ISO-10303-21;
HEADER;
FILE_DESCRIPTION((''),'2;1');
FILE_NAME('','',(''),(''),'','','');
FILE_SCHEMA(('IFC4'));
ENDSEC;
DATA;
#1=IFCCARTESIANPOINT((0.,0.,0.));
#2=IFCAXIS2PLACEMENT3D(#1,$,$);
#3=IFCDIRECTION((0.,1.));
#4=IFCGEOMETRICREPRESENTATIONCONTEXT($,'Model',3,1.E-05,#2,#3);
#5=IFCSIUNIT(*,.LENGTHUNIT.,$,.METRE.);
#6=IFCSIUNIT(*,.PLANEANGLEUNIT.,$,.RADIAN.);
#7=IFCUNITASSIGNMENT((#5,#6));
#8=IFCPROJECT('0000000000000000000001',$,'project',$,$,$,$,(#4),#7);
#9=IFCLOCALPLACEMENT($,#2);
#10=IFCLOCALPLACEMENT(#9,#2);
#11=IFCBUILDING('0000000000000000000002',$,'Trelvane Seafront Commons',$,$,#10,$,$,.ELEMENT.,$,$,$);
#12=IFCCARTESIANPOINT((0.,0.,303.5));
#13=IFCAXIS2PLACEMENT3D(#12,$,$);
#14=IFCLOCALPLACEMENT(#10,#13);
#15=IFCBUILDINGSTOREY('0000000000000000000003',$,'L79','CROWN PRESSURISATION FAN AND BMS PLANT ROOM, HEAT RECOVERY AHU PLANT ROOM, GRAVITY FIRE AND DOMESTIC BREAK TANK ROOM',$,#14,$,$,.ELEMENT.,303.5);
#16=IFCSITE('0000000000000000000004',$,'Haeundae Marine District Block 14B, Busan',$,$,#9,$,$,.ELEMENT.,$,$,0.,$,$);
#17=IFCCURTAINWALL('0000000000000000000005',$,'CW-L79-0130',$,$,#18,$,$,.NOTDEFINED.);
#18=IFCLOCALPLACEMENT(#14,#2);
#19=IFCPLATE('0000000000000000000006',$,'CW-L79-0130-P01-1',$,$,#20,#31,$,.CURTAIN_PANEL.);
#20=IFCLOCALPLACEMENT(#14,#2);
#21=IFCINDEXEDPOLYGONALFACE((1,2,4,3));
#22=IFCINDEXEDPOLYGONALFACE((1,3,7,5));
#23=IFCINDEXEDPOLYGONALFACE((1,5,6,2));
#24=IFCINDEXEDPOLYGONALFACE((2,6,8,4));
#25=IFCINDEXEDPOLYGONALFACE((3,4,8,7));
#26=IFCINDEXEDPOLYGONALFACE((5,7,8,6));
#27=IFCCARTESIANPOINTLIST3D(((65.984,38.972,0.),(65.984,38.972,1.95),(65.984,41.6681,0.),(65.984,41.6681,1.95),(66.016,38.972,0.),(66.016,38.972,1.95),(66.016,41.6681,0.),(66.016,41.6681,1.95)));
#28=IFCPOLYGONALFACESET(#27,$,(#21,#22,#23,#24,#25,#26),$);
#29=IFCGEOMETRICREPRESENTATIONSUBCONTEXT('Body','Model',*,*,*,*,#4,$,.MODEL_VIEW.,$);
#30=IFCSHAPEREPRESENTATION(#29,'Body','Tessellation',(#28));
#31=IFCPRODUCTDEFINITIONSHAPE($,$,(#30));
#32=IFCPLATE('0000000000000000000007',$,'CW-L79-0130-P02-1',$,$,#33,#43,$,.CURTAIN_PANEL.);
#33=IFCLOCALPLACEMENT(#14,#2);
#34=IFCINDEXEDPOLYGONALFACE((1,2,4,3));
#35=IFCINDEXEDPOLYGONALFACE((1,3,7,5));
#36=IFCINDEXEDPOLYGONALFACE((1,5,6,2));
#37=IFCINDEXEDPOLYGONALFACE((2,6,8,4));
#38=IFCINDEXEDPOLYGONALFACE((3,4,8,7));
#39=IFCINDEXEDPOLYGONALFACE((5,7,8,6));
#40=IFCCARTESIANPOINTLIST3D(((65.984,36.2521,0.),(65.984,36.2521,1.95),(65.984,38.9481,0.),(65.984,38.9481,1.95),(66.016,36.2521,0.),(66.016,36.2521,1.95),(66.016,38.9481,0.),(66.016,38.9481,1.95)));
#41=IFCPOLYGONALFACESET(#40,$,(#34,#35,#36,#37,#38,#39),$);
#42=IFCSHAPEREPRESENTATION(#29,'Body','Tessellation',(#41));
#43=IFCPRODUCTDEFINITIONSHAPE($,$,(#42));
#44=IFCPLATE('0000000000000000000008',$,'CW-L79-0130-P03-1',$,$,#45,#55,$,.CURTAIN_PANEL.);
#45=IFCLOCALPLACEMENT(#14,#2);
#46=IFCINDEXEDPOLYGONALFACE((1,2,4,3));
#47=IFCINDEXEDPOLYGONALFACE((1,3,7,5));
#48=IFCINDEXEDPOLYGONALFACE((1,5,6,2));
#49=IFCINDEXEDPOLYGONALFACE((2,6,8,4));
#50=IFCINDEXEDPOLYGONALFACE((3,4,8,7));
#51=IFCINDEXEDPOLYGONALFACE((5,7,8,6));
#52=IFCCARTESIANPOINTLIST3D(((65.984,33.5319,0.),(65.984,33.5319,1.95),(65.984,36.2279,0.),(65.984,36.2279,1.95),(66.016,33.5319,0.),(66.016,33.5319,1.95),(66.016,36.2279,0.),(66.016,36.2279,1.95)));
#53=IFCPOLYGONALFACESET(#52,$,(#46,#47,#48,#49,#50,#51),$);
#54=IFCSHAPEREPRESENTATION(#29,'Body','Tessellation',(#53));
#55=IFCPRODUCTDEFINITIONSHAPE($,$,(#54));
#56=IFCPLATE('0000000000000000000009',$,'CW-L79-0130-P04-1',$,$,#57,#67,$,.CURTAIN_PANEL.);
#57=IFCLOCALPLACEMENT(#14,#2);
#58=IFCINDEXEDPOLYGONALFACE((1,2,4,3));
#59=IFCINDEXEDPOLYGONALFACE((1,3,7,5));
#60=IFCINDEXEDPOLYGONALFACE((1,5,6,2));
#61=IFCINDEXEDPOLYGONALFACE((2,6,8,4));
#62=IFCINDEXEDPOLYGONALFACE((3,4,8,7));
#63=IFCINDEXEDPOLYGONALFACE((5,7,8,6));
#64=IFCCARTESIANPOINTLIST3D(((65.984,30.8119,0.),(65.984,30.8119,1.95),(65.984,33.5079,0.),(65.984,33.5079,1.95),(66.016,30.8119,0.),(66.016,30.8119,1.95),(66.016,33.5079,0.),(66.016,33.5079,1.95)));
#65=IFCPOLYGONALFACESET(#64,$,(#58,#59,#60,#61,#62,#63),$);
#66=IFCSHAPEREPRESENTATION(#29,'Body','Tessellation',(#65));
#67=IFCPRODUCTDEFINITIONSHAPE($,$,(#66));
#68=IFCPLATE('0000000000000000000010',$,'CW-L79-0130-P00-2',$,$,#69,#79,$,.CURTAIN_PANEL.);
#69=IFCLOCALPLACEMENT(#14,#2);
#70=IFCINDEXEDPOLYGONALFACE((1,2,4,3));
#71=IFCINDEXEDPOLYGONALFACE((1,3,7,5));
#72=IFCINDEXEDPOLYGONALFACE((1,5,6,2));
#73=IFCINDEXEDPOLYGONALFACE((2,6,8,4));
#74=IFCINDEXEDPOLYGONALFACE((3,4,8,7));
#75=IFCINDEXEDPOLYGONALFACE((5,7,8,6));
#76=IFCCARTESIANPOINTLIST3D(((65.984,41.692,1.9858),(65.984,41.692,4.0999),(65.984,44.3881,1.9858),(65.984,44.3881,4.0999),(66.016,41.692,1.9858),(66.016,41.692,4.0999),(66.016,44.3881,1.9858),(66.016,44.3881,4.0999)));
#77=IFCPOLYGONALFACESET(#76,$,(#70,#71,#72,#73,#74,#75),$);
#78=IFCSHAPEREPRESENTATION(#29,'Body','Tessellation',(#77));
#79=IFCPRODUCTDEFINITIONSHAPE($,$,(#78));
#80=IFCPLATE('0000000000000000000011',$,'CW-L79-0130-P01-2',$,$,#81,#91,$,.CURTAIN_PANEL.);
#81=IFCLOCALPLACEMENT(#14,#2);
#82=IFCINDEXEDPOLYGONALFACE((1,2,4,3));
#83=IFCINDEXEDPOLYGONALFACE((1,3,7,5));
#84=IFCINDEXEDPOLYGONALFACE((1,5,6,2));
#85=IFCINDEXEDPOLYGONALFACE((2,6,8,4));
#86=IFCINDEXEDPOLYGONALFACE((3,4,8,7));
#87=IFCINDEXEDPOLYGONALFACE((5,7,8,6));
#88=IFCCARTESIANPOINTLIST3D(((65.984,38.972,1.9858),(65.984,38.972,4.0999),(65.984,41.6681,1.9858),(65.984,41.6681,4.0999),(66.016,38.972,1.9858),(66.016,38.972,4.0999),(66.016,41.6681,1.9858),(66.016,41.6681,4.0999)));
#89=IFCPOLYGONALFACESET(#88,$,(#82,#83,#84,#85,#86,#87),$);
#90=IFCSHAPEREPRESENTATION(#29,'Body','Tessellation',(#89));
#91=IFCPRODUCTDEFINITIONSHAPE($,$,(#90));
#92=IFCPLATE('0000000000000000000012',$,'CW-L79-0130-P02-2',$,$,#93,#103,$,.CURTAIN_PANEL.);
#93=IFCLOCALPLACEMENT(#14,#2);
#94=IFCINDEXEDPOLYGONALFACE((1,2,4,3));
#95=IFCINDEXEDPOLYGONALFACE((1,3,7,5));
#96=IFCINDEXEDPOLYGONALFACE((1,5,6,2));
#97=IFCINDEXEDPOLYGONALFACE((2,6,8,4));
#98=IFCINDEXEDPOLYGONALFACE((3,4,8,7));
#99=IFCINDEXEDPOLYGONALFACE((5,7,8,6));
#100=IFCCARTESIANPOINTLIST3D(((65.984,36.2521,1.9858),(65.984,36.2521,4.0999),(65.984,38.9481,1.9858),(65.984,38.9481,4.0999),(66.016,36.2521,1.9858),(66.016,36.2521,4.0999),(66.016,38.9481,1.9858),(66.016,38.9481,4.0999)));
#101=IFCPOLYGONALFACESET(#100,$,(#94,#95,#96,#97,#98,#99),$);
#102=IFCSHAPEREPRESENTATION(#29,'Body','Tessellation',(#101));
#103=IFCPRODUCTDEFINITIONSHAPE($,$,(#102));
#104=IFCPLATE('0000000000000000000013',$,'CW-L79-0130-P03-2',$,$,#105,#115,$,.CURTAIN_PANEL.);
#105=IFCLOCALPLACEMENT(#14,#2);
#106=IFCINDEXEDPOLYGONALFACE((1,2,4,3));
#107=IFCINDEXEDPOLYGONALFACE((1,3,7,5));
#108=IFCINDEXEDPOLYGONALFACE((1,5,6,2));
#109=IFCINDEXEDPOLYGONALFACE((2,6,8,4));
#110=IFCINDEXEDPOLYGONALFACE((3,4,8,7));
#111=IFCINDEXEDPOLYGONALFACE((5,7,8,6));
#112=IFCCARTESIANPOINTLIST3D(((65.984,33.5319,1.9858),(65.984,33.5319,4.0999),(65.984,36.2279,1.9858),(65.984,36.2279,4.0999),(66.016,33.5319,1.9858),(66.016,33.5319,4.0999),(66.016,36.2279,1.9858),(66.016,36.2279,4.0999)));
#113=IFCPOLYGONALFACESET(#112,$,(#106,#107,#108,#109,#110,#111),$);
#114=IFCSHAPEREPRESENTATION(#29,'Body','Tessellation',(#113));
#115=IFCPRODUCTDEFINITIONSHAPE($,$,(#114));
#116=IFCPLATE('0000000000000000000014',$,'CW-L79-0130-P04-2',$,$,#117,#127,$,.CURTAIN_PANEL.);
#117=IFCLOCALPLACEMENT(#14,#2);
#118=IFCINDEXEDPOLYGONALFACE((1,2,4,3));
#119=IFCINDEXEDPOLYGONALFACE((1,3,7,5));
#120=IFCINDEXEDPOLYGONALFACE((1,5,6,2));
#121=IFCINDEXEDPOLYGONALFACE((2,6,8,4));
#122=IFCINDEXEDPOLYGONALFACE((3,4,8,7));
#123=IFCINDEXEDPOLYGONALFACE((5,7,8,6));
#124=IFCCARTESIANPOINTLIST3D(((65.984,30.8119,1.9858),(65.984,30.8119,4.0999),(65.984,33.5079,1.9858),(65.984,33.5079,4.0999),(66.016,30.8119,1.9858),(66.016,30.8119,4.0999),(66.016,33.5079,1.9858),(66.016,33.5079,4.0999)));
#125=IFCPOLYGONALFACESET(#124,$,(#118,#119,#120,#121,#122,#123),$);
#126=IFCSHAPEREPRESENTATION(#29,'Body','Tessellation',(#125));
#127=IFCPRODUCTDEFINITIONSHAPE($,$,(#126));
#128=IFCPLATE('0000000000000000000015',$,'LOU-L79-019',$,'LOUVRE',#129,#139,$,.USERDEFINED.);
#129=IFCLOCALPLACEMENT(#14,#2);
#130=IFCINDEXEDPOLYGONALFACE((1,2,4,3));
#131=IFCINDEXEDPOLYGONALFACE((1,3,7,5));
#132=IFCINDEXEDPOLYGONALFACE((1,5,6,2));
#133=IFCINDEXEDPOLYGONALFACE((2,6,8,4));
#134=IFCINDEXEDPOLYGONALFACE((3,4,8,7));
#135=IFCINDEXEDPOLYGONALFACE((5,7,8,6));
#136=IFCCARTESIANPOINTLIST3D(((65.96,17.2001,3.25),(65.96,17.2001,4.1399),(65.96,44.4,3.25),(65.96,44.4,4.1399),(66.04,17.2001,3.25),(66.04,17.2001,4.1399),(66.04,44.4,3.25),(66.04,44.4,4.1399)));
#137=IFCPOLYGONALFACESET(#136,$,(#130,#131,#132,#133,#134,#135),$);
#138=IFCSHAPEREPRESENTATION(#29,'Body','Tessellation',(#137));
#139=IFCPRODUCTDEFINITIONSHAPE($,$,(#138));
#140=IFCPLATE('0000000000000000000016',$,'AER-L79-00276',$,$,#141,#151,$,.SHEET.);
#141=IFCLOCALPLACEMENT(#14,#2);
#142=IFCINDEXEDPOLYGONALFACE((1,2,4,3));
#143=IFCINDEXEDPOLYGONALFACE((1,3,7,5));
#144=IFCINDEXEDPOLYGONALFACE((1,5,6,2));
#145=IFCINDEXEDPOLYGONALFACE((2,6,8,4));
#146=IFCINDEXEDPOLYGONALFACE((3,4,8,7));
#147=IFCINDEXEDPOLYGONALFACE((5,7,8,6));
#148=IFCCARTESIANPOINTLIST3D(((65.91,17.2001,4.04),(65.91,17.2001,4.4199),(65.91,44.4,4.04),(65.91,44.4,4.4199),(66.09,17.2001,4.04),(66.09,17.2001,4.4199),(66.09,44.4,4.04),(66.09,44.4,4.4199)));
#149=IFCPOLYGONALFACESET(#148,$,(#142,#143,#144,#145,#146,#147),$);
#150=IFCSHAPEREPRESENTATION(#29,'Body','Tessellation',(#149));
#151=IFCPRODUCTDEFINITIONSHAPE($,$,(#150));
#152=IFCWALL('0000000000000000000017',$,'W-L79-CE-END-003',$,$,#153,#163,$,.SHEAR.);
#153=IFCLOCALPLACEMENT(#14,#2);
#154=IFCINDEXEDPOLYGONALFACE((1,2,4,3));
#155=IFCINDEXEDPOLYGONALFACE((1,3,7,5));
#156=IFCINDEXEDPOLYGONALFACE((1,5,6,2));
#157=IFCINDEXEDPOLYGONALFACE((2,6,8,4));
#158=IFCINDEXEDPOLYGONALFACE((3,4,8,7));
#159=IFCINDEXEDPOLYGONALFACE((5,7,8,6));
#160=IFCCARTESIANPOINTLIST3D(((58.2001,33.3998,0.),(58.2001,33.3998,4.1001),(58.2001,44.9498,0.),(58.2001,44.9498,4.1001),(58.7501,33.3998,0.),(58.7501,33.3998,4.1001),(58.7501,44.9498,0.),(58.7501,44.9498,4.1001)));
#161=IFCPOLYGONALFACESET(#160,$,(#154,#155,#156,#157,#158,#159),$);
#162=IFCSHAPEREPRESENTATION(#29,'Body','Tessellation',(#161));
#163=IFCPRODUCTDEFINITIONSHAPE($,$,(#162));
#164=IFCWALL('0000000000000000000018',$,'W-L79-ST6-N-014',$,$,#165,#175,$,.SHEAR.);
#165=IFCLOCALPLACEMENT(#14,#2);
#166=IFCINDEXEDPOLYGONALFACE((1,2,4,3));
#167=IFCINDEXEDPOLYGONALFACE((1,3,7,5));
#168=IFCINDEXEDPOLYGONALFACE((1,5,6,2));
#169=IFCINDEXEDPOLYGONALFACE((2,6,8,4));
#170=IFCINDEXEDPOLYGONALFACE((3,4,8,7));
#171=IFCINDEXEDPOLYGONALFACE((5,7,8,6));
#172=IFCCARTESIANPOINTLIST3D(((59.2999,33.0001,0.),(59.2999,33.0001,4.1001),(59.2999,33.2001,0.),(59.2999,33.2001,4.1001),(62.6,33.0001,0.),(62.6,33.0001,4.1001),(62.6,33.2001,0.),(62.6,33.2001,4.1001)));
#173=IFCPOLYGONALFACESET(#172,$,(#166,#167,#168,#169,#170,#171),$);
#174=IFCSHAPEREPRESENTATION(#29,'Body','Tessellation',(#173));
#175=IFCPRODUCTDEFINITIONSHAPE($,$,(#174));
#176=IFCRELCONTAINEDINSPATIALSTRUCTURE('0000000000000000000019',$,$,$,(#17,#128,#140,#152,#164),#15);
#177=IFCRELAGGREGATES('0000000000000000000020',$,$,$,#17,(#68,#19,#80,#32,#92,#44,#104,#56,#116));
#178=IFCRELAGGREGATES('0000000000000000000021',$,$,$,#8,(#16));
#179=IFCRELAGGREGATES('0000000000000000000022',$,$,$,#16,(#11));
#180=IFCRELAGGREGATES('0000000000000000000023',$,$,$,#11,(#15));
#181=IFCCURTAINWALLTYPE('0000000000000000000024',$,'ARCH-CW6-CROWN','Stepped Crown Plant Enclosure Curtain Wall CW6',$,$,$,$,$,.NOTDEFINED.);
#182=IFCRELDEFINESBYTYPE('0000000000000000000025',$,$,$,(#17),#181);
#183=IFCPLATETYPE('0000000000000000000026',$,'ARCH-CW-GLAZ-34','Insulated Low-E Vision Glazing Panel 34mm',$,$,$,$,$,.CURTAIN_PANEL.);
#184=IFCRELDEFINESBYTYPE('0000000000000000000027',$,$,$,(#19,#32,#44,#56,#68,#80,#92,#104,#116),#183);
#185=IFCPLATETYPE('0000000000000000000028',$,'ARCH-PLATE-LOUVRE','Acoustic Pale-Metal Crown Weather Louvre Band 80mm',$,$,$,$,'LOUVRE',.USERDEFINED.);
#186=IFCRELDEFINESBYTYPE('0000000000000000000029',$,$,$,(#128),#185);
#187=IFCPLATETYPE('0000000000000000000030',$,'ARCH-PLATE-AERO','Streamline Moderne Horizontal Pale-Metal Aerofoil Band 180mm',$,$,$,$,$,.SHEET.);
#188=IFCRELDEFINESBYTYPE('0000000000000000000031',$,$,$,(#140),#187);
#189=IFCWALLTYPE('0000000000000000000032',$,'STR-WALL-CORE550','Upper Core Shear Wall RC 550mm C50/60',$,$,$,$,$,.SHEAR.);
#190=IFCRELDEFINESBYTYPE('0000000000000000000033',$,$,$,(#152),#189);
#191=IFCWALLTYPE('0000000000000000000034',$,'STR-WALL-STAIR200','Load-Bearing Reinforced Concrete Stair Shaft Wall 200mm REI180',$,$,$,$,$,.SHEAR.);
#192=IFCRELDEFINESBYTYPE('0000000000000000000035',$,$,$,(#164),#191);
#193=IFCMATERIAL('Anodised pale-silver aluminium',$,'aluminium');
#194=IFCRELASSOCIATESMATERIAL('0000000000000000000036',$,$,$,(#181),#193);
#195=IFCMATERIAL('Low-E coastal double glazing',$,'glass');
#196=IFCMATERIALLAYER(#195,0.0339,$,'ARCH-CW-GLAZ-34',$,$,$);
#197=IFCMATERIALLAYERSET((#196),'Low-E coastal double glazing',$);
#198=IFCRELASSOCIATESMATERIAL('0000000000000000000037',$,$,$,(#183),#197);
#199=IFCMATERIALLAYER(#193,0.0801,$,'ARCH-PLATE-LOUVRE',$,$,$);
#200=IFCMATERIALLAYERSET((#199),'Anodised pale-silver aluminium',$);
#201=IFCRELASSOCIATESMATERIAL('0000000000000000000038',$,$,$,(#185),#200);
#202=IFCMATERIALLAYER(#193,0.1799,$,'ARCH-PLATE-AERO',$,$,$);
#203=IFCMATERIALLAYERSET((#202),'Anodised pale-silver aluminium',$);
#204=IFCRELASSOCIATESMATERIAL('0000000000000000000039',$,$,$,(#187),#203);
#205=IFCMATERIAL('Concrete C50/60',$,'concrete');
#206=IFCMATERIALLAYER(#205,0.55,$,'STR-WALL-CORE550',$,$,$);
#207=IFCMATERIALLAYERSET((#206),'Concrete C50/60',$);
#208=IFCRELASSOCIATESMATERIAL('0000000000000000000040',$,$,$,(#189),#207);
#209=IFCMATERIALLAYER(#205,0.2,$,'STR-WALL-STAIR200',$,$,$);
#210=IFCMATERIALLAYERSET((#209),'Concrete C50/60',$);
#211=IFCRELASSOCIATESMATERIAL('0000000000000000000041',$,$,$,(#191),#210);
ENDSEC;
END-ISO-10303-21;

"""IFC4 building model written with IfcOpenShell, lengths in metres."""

from ifc_helpers import new_model, si_unit, direction, frame, frame_2d, origin, origin_2d, place, context, subcontext, project, spatial, rectangle, extrude, source, transform, mapped, material, layer, layer_set, type_object, element, aggregate, save


model = new_model("IFC4")

# Units and contexts
model_context = context("Model", 3, precision=1e-05, world=origin(), true_north=direction((0.0, 1.0)))
body_context = subcontext(model_context, "Body", "Model", "MODEL_VIEW")
ifc_project = project(units=[si_unit("LENGTHUNIT", "METRE"), si_unit("PLANEANGLEUNIT", "RADIAN")], contexts=[model_context])

# Site, building, storey
site_placement = place(None, origin())
site = spatial("IfcSite", under=ifc_project, at=site_placement, Name="Haeundae Marine District Block 14B, Busan", CompositionType="ELEMENT", RefElevation=0.0)
building_placement = place(site_placement, origin())
building = spatial("IfcBuilding", under=site, at=building_placement, Name="Trelvane Seafront Commons", CompositionType="ELEMENT")
storey_placement = place(building_placement, frame((0.0, 0.0, 303.5)))
storey = spatial("IfcBuildingStorey", under=building, at=storey_placement, Name="L79", Description="CROWN PRESSURISATION FAN AND BMS PLANT ROOM, HEAT RECOVERY AHU PLANT ROOM, GRAVITY FIRE AND DOMESTIC BREAK TANK ROOM", CompositionType="ELEMENT", Elevation=303.5)

# Curtain wall
ifc_material_1 = material(Name="Anodised pale-silver aluminium", Category="aluminium")
curtain_wall_type = type_object("IfcCurtainWallType", Name="ARCH-CW6-CROWN", Description="Stepped Crown Plant Enclosure Curtain Wall CW6", PredefinedType="NOTDEFINED", material=ifc_material_1)
curtain_wall_placement = place(storey_placement, origin())
curtain_wall = element("IfcCurtainWall", 1, at=curtain_wall_placement, inside=storey, type_object=curtain_wall_type, Name="CW-L79-0130", PredefinedType="NOTDEFINED")

# Plates
ifc_material_2 = material(Name="Low-E coastal double glazing", Category="glass")
ifc_layer_1 = layer(ifc_material_2, 0.0339, Name="ARCH-CW-GLAZ-34")
ifc_layer_set_1 = layer_set([ifc_layer_1], Name="Low-E coastal double glazing")
plate_type_1 = type_object("IfcPlateType", Name="ARCH-CW-GLAZ-34", Description="Insulated Low-E Vision Glazing Panel 34mm", PredefinedType="CURTAIN_PANEL", material=ifc_layer_set_1)
shared_shape_1 = source(origin(), body_context, "Body", "SweptSolid", [
    extrude(rectangle(XDim=2.696, YDim=0.032, at=origin_2d()), origin(), (0.0, 0.0, 1.0), 1.95),
])
plate_1_placement = place(storey_placement, frame((66.0, 40.3201, 0.0), z_axis=(0.0, 0.0, 1.0), x_axis=(0.0, -1.0, 0.0)))
plate_1 = element("IfcPlate", 2, at=plate_1_placement, type_object=plate_type_1, Name="CW-L79-0130-P01-1", PredefinedType="CURTAIN_PANEL", context=body_context, shape_type="MappedRepresentation", body=[
    mapped(shared_shape_1, transform((0.0, 0.0, 0.0), x_axis=(1.0, 0.0, 0.0), y_axis=(0.0, 1.0, 0.0), z_axis=(0.0, 0.0, 1.0), scale=1.0)),
])
plate_2_placement = place(storey_placement, frame((66.0, 37.6001, 0.0), z_axis=(0.0, 0.0, 1.0), x_axis=(0.0, -1.0, 0.0)))
plate_2 = element("IfcPlate", 3, at=plate_2_placement, type_object=plate_type_1, Name="CW-L79-0130-P02-1", PredefinedType="CURTAIN_PANEL", context=body_context, shape_type="MappedRepresentation", body=[
    mapped(shared_shape_1, transform((0.0, 0.0, 0.0), x_axis=(1.0, 0.0, 0.0), y_axis=(0.0, 1.0, 0.0), z_axis=(0.0, 0.0, 1.0), scale=1.0)),
])
plate_3_placement = place(storey_placement, frame((66.0, 34.8799, 0.0), z_axis=(0.0, 0.0, 1.0), x_axis=(0.0, -1.0, 0.0)))
plate_3 = element("IfcPlate", 4, at=plate_3_placement, type_object=plate_type_1, Name="CW-L79-0130-P03-1", PredefinedType="CURTAIN_PANEL", context=body_context, shape_type="MappedRepresentation", body=[
    mapped(shared_shape_1, transform((0.0, 0.0, 0.0), x_axis=(1.0, 0.0, 0.0), y_axis=(0.0, 1.0, 0.0), z_axis=(0.0, 0.0, 1.0), scale=1.0)),
])
plate_4_placement = place(storey_placement, frame((66.0, 32.1599, 0.0), z_axis=(0.0, 0.0, 1.0), x_axis=(0.0, -1.0, 0.0)))
plate_4 = element("IfcPlate", 5, at=plate_4_placement, type_object=plate_type_1, Name="CW-L79-0130-P04-1", PredefinedType="CURTAIN_PANEL", context=body_context, shape_type="MappedRepresentation", body=[
    mapped(shared_shape_1, transform((0.0, 0.0, 0.0), x_axis=(1.0, 0.0, 0.0), y_axis=(0.0, 1.0, 0.0), z_axis=(0.0, 0.0, 1.0), scale=1.0)),
])
shared_shape_2 = source(origin(), body_context, "Body", "SweptSolid", [
    extrude(rectangle(XDim=2.696, YDim=0.032, at=origin_2d()), origin(), (0.0, 0.0, 1.0), 2.114),
])
plate_5_placement = place(storey_placement, frame((66.0, 43.04, 1.9858), z_axis=(0.0, 0.0, 1.0), x_axis=(0.0, -1.0, 0.0)))
plate_5 = element("IfcPlate", 6, at=plate_5_placement, type_object=plate_type_1, Name="CW-L79-0130-P00-2", PredefinedType="CURTAIN_PANEL", context=body_context, shape_type="MappedRepresentation", body=[
    mapped(shared_shape_2, transform((0.0, 0.0, 0.0), x_axis=(1.0, 0.0, 0.0), y_axis=(0.0, 1.0, 0.0), z_axis=(0.0, 0.0, 1.0), scale=1.0)),
])
plate_6_placement = place(storey_placement, frame((66.0, 40.3201, 1.9858), z_axis=(0.0, 0.0, 1.0), x_axis=(0.0, -1.0, 0.0)))
plate_6 = element("IfcPlate", 7, at=plate_6_placement, type_object=plate_type_1, Name="CW-L79-0130-P01-2", PredefinedType="CURTAIN_PANEL", context=body_context, shape_type="MappedRepresentation", body=[
    mapped(shared_shape_2, transform((0.0, 0.0, 0.0), x_axis=(1.0, 0.0, 0.0), y_axis=(0.0, 1.0, 0.0), z_axis=(0.0, 0.0, 1.0), scale=1.0)),
])
plate_7_placement = place(storey_placement, frame((66.0, 37.6001, 1.9858), z_axis=(0.0, 0.0, 1.0), x_axis=(0.0, -1.0, 0.0)))
plate_7 = element("IfcPlate", 8, at=plate_7_placement, type_object=plate_type_1, Name="CW-L79-0130-P02-2", PredefinedType="CURTAIN_PANEL", context=body_context, shape_type="MappedRepresentation", body=[
    mapped(shared_shape_2, transform((0.0, 0.0, 0.0), x_axis=(1.0, 0.0, 0.0), y_axis=(0.0, 1.0, 0.0), z_axis=(0.0, 0.0, 1.0), scale=1.0)),
])
plate_8_placement = place(storey_placement, frame((66.0, 34.8799, 1.9858), z_axis=(0.0, 0.0, 1.0), x_axis=(0.0, -1.0, 0.0)))
plate_8 = element("IfcPlate", 9, at=plate_8_placement, type_object=plate_type_1, Name="CW-L79-0130-P03-2", PredefinedType="CURTAIN_PANEL", context=body_context, shape_type="MappedRepresentation", body=[
    mapped(shared_shape_2, transform((0.0, 0.0, 0.0), x_axis=(1.0, 0.0, 0.0), y_axis=(0.0, 1.0, 0.0), z_axis=(0.0, 0.0, 1.0), scale=1.0)),
])
plate_9_placement = place(storey_placement, frame((66.0, 32.1599, 1.9858), z_axis=(0.0, 0.0, 1.0), x_axis=(0.0, -1.0, 0.0)))
plate_9 = element("IfcPlate", 10, at=plate_9_placement, type_object=plate_type_1, Name="CW-L79-0130-P04-2", PredefinedType="CURTAIN_PANEL", context=body_context, shape_type="MappedRepresentation", body=[
    mapped(shared_shape_2, transform((0.0, 0.0, 0.0), x_axis=(1.0, 0.0, 0.0), y_axis=(0.0, 1.0, 0.0), z_axis=(0.0, 0.0, 1.0), scale=1.0)),
])
aggregate(curtain_wall, [plate_5, plate_1, plate_6, plate_2, plate_7, plate_3, plate_8, plate_4, plate_9])

# Plates
ifc_layer_2 = layer(ifc_material_1, 0.0801, Name="ARCH-PLATE-LOUVRE")
ifc_layer_set_2 = layer_set([ifc_layer_2], Name="Anodised pale-silver aluminium")
plate_type_2 = type_object("IfcPlateType", Name="ARCH-PLATE-LOUVRE", Description="Acoustic Pale-Metal Crown Weather Louvre Band 80mm", ElementType="LOUVRE", PredefinedType="USERDEFINED", material=ifc_layer_set_2)
shared_shape_3 = source(origin(), body_context, "Body", "SweptSolid", [
    extrude(rectangle(XDim=27.2, YDim=0.0801, at=origin_2d()), origin(), (0.0, 0.0, 1.0), 0.8899),
])
plate_10_placement = place(storey_placement, frame((66.0, 30.8, 3.25), z_axis=(0.0, 0.0, 1.0), x_axis=(0.0, -1.0, 0.0)))
element("IfcPlate", 11, at=plate_10_placement, inside=storey, type_object=plate_type_2, Name="LOU-L79-019", ObjectType="LOUVRE", PredefinedType="USERDEFINED", context=body_context, shape_type="MappedRepresentation", body=[
    mapped(shared_shape_3, transform((0.0, 0.0, 0.0), x_axis=(1.0, 0.0, 0.0), y_axis=(0.0, 1.0, 0.0), z_axis=(0.0, 0.0, 1.0), scale=1.0)),
])
ifc_layer_3 = layer(ifc_material_1, 0.1799, Name="ARCH-PLATE-AERO")
ifc_layer_set_3 = layer_set([ifc_layer_3], Name="Anodised pale-silver aluminium")
plate_type_3 = type_object("IfcPlateType", Name="ARCH-PLATE-AERO", Description="Streamline Moderne Horizontal Pale-Metal Aerofoil Band 180mm", PredefinedType="SHEET", material=ifc_layer_set_3)
shared_shape_4 = source(origin(), body_context, "Body", "SweptSolid", [
    extrude(rectangle(XDim=27.2, YDim=0.1799, at=origin_2d()), origin(), (0.0, 0.0, 1.0), 0.3799),
])
plate_11_placement = place(storey_placement, frame((66.0, 30.8, 4.04), z_axis=(0.0, 0.0, 1.0), x_axis=(0.0, -1.0, 0.0)))
element("IfcPlate", 12, at=plate_11_placement, inside=storey, type_object=plate_type_3, Name="AER-L79-00276", PredefinedType="SHEET", context=body_context, shape_type="MappedRepresentation", body=[
    mapped(shared_shape_4, transform((0.0, 0.0, 0.0), x_axis=(1.0, 0.0, 0.0), y_axis=(0.0, 1.0, 0.0), z_axis=(0.0, 0.0, 1.0), scale=1.0)),
])

# Walls
ifc_material_3 = material(Name="Concrete C50/60", Category="concrete")
ifc_layer_4 = layer(ifc_material_3, 0.55, Name="STR-WALL-CORE550")
ifc_layer_set_4 = layer_set([ifc_layer_4], Name="Concrete C50/60")
wall_type_1 = type_object("IfcWallType", Name="STR-WALL-CORE550", Description="Upper Core Shear Wall RC 550mm C50/60", PredefinedType="SHEAR", material=ifc_layer_set_4)
wall_1_placement = place(storey_placement, frame((58.4751, 33.3999, 0.0), z_axis=(0.0, 0.0, 1.0), x_axis=(0.0, 1.0, 0.0)))
element("IfcWall", 13, at=wall_1_placement, inside=storey, type_object=wall_type_1, Name="W-L79-CE-END-003", PredefinedType="SHEAR", context=body_context, shape_type="SweptSolid", body=[
    extrude(rectangle(XDim=11.55, YDim=0.55, at=frame_2d((5.7749, 0.0))), origin(), (0.0, 0.0, 1.0), 4.1001),
])
ifc_layer_5 = layer(ifc_material_3, 0.2, Name="STR-WALL-STAIR200")
ifc_layer_set_5 = layer_set([ifc_layer_5], Name="Concrete C50/60")
wall_type_2 = type_object("IfcWallType", Name="STR-WALL-STAIR200", Description="Load-Bearing Reinforced Concrete Stair Shaft Wall 200mm REI180", PredefinedType="SHEAR", material=ifc_layer_set_5)
wall_2_placement = place(storey_placement, frame((59.3, 33.1001, 0.0), z_axis=(0.0, 0.0, 1.0), x_axis=(1.0, 0.0, 0.0)))
element("IfcWall", 14, at=wall_2_placement, inside=storey, type_object=wall_type_2, Name="W-L79-ST6-N-014", PredefinedType="SHEAR", context=body_context, shape_type="SweptSolid", body=[
    extrude(rectangle(XDim=3.3, YDim=0.2, at=frame_2d((1.6499, 0.0))), origin(), (0.0, 0.0, 1.0), 4.1001),
])

save(model, "model.ifc")
